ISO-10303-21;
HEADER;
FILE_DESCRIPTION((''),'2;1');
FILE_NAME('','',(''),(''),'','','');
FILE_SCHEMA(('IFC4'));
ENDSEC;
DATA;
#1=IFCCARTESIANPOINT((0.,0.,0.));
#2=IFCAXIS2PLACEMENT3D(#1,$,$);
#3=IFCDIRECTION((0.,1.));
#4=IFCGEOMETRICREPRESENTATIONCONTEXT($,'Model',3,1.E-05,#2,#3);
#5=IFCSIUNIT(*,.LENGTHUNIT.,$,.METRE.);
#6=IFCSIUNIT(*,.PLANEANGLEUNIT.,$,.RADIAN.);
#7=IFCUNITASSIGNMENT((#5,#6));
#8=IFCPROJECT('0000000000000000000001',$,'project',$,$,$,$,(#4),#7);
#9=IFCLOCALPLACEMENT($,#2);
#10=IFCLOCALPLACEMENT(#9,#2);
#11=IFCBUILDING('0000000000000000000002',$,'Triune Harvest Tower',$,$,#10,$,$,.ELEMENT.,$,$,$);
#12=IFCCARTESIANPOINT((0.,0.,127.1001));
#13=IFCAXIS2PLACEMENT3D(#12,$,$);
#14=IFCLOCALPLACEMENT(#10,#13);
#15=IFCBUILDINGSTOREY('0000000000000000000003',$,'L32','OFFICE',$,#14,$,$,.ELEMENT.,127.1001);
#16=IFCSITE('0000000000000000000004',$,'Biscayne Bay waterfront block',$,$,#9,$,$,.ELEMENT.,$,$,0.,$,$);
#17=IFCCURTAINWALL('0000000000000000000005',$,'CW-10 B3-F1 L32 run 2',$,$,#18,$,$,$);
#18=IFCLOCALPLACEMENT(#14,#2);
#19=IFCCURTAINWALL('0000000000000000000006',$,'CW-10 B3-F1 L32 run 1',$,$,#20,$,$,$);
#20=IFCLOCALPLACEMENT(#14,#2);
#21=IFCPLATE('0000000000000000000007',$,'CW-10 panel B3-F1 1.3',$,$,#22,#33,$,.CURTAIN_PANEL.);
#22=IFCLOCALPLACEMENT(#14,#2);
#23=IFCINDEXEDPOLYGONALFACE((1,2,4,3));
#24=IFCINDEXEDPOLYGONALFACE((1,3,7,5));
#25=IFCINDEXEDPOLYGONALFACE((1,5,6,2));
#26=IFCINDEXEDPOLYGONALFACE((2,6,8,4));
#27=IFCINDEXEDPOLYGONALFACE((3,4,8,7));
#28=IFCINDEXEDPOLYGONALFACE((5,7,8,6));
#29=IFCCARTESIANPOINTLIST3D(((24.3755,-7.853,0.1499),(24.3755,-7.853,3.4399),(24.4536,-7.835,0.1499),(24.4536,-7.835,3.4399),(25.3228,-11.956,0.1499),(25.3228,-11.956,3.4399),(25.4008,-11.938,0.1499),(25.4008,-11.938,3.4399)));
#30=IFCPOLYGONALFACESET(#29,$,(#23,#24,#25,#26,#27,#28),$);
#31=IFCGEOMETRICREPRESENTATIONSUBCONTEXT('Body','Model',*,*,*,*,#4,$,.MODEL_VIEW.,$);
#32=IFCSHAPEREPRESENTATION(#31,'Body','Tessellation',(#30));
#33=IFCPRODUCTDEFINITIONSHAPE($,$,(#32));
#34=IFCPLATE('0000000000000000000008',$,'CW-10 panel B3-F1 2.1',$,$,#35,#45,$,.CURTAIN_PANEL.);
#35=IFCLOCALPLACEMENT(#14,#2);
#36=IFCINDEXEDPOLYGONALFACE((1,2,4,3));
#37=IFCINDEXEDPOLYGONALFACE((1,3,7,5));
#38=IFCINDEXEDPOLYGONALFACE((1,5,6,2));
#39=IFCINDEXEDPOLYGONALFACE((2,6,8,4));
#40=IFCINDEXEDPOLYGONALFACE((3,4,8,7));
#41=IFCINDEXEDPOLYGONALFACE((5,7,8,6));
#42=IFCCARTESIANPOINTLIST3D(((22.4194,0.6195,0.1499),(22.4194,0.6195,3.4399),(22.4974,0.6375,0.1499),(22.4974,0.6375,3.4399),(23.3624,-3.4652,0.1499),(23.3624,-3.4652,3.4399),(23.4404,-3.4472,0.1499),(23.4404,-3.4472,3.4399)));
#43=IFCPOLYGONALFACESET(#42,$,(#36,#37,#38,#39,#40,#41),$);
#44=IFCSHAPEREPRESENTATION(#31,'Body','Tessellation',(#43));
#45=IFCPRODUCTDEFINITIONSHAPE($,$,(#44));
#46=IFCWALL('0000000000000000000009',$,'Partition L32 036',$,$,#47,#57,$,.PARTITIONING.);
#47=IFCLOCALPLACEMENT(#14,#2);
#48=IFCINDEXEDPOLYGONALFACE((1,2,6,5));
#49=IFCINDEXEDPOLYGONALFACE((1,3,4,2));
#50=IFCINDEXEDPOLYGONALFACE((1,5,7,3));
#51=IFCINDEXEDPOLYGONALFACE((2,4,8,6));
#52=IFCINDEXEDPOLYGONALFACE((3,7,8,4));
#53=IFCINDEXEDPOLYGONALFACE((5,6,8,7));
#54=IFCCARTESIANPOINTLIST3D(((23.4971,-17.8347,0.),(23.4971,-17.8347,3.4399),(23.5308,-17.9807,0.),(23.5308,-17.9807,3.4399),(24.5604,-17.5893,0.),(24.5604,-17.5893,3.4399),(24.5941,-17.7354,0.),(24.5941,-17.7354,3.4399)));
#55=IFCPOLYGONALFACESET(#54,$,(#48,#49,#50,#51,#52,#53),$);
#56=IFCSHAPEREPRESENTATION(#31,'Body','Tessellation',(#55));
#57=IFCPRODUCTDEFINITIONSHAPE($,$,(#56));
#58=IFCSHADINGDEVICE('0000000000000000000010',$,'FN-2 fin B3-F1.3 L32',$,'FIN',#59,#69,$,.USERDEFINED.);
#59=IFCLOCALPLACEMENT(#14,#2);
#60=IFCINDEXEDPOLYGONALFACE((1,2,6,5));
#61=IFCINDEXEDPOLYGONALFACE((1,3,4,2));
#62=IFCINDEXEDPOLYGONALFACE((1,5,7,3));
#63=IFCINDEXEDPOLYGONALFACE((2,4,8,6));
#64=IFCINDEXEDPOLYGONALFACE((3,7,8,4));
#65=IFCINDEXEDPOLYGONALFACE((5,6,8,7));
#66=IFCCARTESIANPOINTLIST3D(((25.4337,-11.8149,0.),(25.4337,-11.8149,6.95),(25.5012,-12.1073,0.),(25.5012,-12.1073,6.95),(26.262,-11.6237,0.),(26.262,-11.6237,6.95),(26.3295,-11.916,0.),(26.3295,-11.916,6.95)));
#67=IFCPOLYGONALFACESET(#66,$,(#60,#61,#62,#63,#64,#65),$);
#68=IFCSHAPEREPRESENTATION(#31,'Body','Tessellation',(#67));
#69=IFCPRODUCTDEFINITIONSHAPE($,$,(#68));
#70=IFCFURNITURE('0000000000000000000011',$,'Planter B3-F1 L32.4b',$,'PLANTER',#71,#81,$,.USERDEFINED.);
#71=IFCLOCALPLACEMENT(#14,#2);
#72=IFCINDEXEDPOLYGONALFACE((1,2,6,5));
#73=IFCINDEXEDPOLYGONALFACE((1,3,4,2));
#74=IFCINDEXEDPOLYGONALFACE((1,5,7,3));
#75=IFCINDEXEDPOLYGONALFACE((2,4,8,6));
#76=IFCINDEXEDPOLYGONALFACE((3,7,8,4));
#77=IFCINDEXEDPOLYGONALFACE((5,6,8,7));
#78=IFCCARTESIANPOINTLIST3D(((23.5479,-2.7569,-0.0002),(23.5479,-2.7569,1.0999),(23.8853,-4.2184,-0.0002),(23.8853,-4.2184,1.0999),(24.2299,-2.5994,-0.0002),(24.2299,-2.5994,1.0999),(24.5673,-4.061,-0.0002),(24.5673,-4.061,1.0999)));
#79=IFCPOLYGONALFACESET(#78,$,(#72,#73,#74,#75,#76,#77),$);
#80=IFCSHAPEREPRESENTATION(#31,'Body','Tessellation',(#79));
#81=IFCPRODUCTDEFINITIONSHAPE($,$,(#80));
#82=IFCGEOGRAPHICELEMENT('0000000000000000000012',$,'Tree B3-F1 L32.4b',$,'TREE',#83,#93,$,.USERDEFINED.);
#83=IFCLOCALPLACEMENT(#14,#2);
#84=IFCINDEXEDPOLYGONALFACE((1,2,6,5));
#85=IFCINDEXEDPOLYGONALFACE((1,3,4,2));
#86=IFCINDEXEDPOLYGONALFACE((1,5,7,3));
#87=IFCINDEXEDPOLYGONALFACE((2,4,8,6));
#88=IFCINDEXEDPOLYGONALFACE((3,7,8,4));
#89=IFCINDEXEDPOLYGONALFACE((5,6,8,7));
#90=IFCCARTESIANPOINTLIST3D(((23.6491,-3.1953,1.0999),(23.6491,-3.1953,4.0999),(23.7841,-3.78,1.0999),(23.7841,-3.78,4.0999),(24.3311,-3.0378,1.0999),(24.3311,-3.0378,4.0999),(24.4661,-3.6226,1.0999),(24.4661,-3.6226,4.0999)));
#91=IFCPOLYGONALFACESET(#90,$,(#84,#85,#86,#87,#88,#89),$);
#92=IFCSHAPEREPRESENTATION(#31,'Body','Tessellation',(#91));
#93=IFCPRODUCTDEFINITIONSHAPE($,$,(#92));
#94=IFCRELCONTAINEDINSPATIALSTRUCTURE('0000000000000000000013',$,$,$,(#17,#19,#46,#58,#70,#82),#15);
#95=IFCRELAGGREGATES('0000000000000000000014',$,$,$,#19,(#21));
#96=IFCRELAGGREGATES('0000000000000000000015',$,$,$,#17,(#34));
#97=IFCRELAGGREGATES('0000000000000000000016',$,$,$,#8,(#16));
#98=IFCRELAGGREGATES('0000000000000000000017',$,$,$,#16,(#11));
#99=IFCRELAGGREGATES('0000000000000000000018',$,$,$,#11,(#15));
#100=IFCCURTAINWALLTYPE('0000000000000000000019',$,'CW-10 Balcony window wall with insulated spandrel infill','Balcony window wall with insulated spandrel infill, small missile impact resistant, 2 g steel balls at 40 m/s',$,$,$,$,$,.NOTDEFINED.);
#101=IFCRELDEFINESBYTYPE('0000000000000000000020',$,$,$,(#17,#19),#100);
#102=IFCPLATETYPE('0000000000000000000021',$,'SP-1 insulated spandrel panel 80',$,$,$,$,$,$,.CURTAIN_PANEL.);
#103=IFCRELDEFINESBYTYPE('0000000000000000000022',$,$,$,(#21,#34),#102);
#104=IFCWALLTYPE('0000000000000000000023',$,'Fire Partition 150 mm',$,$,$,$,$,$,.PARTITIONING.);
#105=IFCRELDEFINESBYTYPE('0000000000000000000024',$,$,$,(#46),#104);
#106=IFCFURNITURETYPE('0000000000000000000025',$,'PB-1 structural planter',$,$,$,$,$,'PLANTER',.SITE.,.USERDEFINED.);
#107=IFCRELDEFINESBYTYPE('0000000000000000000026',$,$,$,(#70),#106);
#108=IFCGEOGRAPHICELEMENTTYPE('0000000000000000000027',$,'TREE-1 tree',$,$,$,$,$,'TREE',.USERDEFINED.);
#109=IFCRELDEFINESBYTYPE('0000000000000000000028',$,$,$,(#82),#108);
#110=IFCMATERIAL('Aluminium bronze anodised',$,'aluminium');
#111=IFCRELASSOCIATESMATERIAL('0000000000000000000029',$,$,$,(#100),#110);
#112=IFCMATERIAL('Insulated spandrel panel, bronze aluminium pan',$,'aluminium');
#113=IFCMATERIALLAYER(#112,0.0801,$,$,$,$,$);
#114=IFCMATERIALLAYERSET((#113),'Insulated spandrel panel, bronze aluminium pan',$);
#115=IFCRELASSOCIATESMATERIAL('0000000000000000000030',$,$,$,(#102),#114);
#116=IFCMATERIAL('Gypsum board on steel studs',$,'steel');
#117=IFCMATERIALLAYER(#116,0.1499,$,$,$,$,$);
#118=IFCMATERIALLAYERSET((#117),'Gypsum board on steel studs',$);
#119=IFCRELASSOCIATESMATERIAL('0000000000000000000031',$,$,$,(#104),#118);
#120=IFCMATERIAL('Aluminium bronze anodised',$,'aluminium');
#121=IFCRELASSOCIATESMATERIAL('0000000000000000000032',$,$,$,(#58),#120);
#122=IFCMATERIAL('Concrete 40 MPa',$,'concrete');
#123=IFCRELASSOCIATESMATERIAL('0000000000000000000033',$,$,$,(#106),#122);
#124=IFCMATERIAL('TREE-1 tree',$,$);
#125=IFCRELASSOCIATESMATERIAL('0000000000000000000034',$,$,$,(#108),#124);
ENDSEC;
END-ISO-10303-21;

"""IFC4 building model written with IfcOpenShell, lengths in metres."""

from ifc_helpers import new_model, si_unit, direction, frame, frame_2d, origin, origin_2d, place, context, subcontext, project, spatial, rectangle, extrude, source, transform, mapped, material, layer, layer_set, type_object, element, aggregate, save


model = new_model("IFC4")

# Units and contexts
model_context = context("Model", 3, precision=1e-05, world=origin(), true_north=direction((0.0, 1.0)))
body_context = subcontext(model_context, "Body", "Model", "MODEL_VIEW")
ifc_project = project(units=[si_unit("LENGTHUNIT", "METRE"), si_unit("PLANEANGLEUNIT", "RADIAN")], contexts=[model_context])

# Site, building, storey
site_placement = place(None, origin())
site = spatial("IfcSite", under=ifc_project, at=site_placement, Name="Biscayne Bay waterfront block", CompositionType="ELEMENT", RefElevation=0.0)
building_placement = place(site_placement, origin())
building = spatial("IfcBuilding", under=site, at=building_placement, Name="Triune Harvest Tower", CompositionType="ELEMENT")
storey_placement = place(building_placement, frame((0.0, 0.0, 127.1001)))
storey = spatial("IfcBuildingStorey", under=building, at=storey_placement, Name="L32", Description="OFFICE", CompositionType="ELEMENT", Elevation=127.1001)

# Curtain wall
ifc_material_1 = material(Name="Aluminium bronze anodised", Category="aluminium")
curtain_wall_type = type_object("IfcCurtainWallType", Name="CW-10 Balcony window wall with insulated spandrel infill", Description="Balcony window wall with insulated spandrel infill, small missile impact resistant, 2 g steel balls at 40 m/s", PredefinedType="NOTDEFINED", material=ifc_material_1)
curtain_wall_1_placement = place(storey_placement, origin())
curtain_wall_1 = element("IfcCurtainWall", 1, at=curtain_wall_1_placement, inside=storey, type_object=curtain_wall_type, Name="CW-10 B3-F1 L32 run 2")

# Curtain wall
curtain_wall_2_placement = place(storey_placement, origin())
curtain_wall_2 = element("IfcCurtainWall", 2, at=curtain_wall_2_placement, inside=storey, type_object=curtain_wall_type, Name="CW-10 B3-F1 L32 run 1")

# Plates
ifc_material_2 = material(Name="Insulated spandrel panel, bronze aluminium pan", Category="aluminium")
ifc_layer_1 = layer(ifc_material_2, 0.0801)
ifc_layer_set_1 = layer_set([ifc_layer_1], Name="Insulated spandrel panel, bronze aluminium pan")
plate_type = type_object("IfcPlateType", Name="SP-1 insulated spandrel panel 80", PredefinedType="CURTAIN_PANEL", material=ifc_layer_set_1)
shared_shape_1 = source(origin(), body_context, "Body", "SweptSolid", [
    extrude(rectangle(XDim=4.2109, YDim=0.0801, at=origin_2d()), origin(), (0.0, 0.0, 1.0), 3.29),
])
plate_1_placement = place(storey_placement, frame((24.8882, -9.8955, 0.1499), z_axis=(0.0, 0.0, 1.0), x_axis=(-0.224951, 0.97437, 0.0)))
plate_1 = element("IfcPlate", 3, at=plate_1_placement, type_object=plate_type, Name="CW-10 panel B3-F1 1.3", PredefinedType="CURTAIN_PANEL", context=body_context, shape_type="MappedRepresentation", body=[
    mapped(shared_shape_1, transform((0.0, 0.0, 0.0), scale=1.0)),
])
aggregate(curtain_wall_2, [plate_1])
shared_shape_2 = source(origin(), body_context, "Body", "SweptSolid", [
    extrude(rectangle(XDim=4.1921, YDim=0.0801, at=origin_2d()), origin(), (0.0, 0.0, 1.0), 3.29),
])
plate_2_placement = place(storey_placement, frame((22.9299, -1.4138, 0.1499), z_axis=(0.0, 0.0, 1.0), x_axis=(-0.224946, 0.974371, 0.0)))
plate_2 = element("IfcPlate", 4, at=plate_2_placement, type_object=plate_type, Name="CW-10 panel B3-F1 2.1", PredefinedType="CURTAIN_PANEL", context=body_context, shape_type="MappedRepresentation", body=[
    mapped(shared_shape_2, transform((0.0, 0.0, 0.0), scale=1.0)),
])
aggregate(curtain_wall_1, [plate_2])

# Wall
ifc_material_3 = material(Name="Gypsum board on steel studs", Category="steel")
ifc_layer_2 = layer(ifc_material_3, 0.1499)
ifc_layer_set_2 = layer_set([ifc_layer_2], Name="Gypsum board on steel studs")
wall_type_1 = type_object("IfcWallType", Name="Fire Partition 150 mm", PredefinedType="PARTITIONING", material=ifc_layer_set_2)
wall_1_placement = place(storey_placement, frame((23.5139, -17.9077, 0.0), z_axis=(0.0, 0.0, 1.0), x_axis=(0.974403, 0.22481, 0.0)))
element("IfcWall", 5, at=wall_1_placement, inside=storey, type_object=wall_type_1, Name="Partition L32 036", PredefinedType="PARTITIONING", context=body_context, shape_type="SweptSolid", body=[
    extrude(rectangle(XDim=1.0913, YDim=0.1499, at=frame_2d((0.5457, 0.0))), origin(), (0.0, 0.0, 1.0), 3.4399),
])

# Shared definitions
ifc_material_4 = material(Name="Aluminium bronze anodised", Category="aluminium")

# Shading device
shared_shape_3 = source(origin(), body_context, "Body", "SweptSolid", [
    extrude(rectangle(XDim=0.3, YDim=0.8501, at=origin_2d()), origin(), (0.0, 0.0, 1.0), 6.95),
])
shading_device_placement = place(storey_placement, frame((25.8816, -11.8655, 0.0), z_axis=(0.0, 0.0, 1.0), x_axis=(-0.224951, 0.97437, 0.0)))
element("IfcShadingDevice", 6, at=shading_device_placement, inside=storey, material=ifc_material_4, Name="FN-2 fin B3-F1.3 L32", ObjectType="FIN", PredefinedType="USERDEFINED", context=body_context, shape_type="MappedRepresentation", body=[
    mapped(shared_shape_3, transform((0.0, 0.0, 0.0), scale=1.0)),
])

# Furniture
ifc_material_5 = material(Name="Concrete 40 MPa", Category="concrete")
furniture_type = type_object("IfcFurnitureType", Name="PB-1 structural planter", ElementType="PLANTER", AssemblyPlace="SITE", PredefinedType="USERDEFINED", material=ifc_material_5)
shared_shape_4 = source(origin(), body_context, "Body", "SweptSolid", [
    extrude(rectangle(XDim=1.5, YDim=0.7, at=origin_2d()), origin(), (0.0, 0.0, 1.0), 1.1001),
])
furniture_placement = place(storey_placement, frame((24.0576, -3.4089, -0.0002), z_axis=(0.0, 0.0, 1.0), x_axis=(-0.224951, 0.97437, 0.0)))
element("IfcFurniture", 7, at=furniture_placement, inside=storey, type_object=furniture_type, Name="Planter B3-F1 L32.4b", ObjectType="PLANTER", PredefinedType="USERDEFINED", context=body_context, shape_type="MappedRepresentation", body=[
    mapped(shared_shape_4, transform((0.0, 0.0, 0.0), scale=1.0)),
])

# Geographic element
ifc_material_6 = material(Name="TREE-1 tree")
geographic_element_type = type_object("IfcGeographicElementType", Name="TREE-1 tree", ElementType="TREE", PredefinedType="USERDEFINED", material=ifc_material_6)
shared_shape_5 = source(origin(), body_context, "Body", "SweptSolid", [
    extrude(rectangle(XDim=0.6001, YDim=0.7, at=origin_2d()), origin(), (0.0, 0.0, 1.0), 3.0),
])
geographic_element_placement = place(storey_placement, frame((24.0576, -3.4089, 1.0999), z_axis=(0.0, 0.0, 1.0), x_axis=(-0.224951, 0.97437, 0.0)))
element("IfcGeographicElement", 8, at=geographic_element_placement, inside=storey, type_object=geographic_element_type, Name="Tree B3-F1 L32.4b", ObjectType="TREE", PredefinedType="USERDEFINED", context=body_context, shape_type="MappedRepresentation", body=[
    mapped(shared_shape_5, transform((0.0, 0.0, 0.0), scale=1.0)),
])

save(model, "model.ifc")
